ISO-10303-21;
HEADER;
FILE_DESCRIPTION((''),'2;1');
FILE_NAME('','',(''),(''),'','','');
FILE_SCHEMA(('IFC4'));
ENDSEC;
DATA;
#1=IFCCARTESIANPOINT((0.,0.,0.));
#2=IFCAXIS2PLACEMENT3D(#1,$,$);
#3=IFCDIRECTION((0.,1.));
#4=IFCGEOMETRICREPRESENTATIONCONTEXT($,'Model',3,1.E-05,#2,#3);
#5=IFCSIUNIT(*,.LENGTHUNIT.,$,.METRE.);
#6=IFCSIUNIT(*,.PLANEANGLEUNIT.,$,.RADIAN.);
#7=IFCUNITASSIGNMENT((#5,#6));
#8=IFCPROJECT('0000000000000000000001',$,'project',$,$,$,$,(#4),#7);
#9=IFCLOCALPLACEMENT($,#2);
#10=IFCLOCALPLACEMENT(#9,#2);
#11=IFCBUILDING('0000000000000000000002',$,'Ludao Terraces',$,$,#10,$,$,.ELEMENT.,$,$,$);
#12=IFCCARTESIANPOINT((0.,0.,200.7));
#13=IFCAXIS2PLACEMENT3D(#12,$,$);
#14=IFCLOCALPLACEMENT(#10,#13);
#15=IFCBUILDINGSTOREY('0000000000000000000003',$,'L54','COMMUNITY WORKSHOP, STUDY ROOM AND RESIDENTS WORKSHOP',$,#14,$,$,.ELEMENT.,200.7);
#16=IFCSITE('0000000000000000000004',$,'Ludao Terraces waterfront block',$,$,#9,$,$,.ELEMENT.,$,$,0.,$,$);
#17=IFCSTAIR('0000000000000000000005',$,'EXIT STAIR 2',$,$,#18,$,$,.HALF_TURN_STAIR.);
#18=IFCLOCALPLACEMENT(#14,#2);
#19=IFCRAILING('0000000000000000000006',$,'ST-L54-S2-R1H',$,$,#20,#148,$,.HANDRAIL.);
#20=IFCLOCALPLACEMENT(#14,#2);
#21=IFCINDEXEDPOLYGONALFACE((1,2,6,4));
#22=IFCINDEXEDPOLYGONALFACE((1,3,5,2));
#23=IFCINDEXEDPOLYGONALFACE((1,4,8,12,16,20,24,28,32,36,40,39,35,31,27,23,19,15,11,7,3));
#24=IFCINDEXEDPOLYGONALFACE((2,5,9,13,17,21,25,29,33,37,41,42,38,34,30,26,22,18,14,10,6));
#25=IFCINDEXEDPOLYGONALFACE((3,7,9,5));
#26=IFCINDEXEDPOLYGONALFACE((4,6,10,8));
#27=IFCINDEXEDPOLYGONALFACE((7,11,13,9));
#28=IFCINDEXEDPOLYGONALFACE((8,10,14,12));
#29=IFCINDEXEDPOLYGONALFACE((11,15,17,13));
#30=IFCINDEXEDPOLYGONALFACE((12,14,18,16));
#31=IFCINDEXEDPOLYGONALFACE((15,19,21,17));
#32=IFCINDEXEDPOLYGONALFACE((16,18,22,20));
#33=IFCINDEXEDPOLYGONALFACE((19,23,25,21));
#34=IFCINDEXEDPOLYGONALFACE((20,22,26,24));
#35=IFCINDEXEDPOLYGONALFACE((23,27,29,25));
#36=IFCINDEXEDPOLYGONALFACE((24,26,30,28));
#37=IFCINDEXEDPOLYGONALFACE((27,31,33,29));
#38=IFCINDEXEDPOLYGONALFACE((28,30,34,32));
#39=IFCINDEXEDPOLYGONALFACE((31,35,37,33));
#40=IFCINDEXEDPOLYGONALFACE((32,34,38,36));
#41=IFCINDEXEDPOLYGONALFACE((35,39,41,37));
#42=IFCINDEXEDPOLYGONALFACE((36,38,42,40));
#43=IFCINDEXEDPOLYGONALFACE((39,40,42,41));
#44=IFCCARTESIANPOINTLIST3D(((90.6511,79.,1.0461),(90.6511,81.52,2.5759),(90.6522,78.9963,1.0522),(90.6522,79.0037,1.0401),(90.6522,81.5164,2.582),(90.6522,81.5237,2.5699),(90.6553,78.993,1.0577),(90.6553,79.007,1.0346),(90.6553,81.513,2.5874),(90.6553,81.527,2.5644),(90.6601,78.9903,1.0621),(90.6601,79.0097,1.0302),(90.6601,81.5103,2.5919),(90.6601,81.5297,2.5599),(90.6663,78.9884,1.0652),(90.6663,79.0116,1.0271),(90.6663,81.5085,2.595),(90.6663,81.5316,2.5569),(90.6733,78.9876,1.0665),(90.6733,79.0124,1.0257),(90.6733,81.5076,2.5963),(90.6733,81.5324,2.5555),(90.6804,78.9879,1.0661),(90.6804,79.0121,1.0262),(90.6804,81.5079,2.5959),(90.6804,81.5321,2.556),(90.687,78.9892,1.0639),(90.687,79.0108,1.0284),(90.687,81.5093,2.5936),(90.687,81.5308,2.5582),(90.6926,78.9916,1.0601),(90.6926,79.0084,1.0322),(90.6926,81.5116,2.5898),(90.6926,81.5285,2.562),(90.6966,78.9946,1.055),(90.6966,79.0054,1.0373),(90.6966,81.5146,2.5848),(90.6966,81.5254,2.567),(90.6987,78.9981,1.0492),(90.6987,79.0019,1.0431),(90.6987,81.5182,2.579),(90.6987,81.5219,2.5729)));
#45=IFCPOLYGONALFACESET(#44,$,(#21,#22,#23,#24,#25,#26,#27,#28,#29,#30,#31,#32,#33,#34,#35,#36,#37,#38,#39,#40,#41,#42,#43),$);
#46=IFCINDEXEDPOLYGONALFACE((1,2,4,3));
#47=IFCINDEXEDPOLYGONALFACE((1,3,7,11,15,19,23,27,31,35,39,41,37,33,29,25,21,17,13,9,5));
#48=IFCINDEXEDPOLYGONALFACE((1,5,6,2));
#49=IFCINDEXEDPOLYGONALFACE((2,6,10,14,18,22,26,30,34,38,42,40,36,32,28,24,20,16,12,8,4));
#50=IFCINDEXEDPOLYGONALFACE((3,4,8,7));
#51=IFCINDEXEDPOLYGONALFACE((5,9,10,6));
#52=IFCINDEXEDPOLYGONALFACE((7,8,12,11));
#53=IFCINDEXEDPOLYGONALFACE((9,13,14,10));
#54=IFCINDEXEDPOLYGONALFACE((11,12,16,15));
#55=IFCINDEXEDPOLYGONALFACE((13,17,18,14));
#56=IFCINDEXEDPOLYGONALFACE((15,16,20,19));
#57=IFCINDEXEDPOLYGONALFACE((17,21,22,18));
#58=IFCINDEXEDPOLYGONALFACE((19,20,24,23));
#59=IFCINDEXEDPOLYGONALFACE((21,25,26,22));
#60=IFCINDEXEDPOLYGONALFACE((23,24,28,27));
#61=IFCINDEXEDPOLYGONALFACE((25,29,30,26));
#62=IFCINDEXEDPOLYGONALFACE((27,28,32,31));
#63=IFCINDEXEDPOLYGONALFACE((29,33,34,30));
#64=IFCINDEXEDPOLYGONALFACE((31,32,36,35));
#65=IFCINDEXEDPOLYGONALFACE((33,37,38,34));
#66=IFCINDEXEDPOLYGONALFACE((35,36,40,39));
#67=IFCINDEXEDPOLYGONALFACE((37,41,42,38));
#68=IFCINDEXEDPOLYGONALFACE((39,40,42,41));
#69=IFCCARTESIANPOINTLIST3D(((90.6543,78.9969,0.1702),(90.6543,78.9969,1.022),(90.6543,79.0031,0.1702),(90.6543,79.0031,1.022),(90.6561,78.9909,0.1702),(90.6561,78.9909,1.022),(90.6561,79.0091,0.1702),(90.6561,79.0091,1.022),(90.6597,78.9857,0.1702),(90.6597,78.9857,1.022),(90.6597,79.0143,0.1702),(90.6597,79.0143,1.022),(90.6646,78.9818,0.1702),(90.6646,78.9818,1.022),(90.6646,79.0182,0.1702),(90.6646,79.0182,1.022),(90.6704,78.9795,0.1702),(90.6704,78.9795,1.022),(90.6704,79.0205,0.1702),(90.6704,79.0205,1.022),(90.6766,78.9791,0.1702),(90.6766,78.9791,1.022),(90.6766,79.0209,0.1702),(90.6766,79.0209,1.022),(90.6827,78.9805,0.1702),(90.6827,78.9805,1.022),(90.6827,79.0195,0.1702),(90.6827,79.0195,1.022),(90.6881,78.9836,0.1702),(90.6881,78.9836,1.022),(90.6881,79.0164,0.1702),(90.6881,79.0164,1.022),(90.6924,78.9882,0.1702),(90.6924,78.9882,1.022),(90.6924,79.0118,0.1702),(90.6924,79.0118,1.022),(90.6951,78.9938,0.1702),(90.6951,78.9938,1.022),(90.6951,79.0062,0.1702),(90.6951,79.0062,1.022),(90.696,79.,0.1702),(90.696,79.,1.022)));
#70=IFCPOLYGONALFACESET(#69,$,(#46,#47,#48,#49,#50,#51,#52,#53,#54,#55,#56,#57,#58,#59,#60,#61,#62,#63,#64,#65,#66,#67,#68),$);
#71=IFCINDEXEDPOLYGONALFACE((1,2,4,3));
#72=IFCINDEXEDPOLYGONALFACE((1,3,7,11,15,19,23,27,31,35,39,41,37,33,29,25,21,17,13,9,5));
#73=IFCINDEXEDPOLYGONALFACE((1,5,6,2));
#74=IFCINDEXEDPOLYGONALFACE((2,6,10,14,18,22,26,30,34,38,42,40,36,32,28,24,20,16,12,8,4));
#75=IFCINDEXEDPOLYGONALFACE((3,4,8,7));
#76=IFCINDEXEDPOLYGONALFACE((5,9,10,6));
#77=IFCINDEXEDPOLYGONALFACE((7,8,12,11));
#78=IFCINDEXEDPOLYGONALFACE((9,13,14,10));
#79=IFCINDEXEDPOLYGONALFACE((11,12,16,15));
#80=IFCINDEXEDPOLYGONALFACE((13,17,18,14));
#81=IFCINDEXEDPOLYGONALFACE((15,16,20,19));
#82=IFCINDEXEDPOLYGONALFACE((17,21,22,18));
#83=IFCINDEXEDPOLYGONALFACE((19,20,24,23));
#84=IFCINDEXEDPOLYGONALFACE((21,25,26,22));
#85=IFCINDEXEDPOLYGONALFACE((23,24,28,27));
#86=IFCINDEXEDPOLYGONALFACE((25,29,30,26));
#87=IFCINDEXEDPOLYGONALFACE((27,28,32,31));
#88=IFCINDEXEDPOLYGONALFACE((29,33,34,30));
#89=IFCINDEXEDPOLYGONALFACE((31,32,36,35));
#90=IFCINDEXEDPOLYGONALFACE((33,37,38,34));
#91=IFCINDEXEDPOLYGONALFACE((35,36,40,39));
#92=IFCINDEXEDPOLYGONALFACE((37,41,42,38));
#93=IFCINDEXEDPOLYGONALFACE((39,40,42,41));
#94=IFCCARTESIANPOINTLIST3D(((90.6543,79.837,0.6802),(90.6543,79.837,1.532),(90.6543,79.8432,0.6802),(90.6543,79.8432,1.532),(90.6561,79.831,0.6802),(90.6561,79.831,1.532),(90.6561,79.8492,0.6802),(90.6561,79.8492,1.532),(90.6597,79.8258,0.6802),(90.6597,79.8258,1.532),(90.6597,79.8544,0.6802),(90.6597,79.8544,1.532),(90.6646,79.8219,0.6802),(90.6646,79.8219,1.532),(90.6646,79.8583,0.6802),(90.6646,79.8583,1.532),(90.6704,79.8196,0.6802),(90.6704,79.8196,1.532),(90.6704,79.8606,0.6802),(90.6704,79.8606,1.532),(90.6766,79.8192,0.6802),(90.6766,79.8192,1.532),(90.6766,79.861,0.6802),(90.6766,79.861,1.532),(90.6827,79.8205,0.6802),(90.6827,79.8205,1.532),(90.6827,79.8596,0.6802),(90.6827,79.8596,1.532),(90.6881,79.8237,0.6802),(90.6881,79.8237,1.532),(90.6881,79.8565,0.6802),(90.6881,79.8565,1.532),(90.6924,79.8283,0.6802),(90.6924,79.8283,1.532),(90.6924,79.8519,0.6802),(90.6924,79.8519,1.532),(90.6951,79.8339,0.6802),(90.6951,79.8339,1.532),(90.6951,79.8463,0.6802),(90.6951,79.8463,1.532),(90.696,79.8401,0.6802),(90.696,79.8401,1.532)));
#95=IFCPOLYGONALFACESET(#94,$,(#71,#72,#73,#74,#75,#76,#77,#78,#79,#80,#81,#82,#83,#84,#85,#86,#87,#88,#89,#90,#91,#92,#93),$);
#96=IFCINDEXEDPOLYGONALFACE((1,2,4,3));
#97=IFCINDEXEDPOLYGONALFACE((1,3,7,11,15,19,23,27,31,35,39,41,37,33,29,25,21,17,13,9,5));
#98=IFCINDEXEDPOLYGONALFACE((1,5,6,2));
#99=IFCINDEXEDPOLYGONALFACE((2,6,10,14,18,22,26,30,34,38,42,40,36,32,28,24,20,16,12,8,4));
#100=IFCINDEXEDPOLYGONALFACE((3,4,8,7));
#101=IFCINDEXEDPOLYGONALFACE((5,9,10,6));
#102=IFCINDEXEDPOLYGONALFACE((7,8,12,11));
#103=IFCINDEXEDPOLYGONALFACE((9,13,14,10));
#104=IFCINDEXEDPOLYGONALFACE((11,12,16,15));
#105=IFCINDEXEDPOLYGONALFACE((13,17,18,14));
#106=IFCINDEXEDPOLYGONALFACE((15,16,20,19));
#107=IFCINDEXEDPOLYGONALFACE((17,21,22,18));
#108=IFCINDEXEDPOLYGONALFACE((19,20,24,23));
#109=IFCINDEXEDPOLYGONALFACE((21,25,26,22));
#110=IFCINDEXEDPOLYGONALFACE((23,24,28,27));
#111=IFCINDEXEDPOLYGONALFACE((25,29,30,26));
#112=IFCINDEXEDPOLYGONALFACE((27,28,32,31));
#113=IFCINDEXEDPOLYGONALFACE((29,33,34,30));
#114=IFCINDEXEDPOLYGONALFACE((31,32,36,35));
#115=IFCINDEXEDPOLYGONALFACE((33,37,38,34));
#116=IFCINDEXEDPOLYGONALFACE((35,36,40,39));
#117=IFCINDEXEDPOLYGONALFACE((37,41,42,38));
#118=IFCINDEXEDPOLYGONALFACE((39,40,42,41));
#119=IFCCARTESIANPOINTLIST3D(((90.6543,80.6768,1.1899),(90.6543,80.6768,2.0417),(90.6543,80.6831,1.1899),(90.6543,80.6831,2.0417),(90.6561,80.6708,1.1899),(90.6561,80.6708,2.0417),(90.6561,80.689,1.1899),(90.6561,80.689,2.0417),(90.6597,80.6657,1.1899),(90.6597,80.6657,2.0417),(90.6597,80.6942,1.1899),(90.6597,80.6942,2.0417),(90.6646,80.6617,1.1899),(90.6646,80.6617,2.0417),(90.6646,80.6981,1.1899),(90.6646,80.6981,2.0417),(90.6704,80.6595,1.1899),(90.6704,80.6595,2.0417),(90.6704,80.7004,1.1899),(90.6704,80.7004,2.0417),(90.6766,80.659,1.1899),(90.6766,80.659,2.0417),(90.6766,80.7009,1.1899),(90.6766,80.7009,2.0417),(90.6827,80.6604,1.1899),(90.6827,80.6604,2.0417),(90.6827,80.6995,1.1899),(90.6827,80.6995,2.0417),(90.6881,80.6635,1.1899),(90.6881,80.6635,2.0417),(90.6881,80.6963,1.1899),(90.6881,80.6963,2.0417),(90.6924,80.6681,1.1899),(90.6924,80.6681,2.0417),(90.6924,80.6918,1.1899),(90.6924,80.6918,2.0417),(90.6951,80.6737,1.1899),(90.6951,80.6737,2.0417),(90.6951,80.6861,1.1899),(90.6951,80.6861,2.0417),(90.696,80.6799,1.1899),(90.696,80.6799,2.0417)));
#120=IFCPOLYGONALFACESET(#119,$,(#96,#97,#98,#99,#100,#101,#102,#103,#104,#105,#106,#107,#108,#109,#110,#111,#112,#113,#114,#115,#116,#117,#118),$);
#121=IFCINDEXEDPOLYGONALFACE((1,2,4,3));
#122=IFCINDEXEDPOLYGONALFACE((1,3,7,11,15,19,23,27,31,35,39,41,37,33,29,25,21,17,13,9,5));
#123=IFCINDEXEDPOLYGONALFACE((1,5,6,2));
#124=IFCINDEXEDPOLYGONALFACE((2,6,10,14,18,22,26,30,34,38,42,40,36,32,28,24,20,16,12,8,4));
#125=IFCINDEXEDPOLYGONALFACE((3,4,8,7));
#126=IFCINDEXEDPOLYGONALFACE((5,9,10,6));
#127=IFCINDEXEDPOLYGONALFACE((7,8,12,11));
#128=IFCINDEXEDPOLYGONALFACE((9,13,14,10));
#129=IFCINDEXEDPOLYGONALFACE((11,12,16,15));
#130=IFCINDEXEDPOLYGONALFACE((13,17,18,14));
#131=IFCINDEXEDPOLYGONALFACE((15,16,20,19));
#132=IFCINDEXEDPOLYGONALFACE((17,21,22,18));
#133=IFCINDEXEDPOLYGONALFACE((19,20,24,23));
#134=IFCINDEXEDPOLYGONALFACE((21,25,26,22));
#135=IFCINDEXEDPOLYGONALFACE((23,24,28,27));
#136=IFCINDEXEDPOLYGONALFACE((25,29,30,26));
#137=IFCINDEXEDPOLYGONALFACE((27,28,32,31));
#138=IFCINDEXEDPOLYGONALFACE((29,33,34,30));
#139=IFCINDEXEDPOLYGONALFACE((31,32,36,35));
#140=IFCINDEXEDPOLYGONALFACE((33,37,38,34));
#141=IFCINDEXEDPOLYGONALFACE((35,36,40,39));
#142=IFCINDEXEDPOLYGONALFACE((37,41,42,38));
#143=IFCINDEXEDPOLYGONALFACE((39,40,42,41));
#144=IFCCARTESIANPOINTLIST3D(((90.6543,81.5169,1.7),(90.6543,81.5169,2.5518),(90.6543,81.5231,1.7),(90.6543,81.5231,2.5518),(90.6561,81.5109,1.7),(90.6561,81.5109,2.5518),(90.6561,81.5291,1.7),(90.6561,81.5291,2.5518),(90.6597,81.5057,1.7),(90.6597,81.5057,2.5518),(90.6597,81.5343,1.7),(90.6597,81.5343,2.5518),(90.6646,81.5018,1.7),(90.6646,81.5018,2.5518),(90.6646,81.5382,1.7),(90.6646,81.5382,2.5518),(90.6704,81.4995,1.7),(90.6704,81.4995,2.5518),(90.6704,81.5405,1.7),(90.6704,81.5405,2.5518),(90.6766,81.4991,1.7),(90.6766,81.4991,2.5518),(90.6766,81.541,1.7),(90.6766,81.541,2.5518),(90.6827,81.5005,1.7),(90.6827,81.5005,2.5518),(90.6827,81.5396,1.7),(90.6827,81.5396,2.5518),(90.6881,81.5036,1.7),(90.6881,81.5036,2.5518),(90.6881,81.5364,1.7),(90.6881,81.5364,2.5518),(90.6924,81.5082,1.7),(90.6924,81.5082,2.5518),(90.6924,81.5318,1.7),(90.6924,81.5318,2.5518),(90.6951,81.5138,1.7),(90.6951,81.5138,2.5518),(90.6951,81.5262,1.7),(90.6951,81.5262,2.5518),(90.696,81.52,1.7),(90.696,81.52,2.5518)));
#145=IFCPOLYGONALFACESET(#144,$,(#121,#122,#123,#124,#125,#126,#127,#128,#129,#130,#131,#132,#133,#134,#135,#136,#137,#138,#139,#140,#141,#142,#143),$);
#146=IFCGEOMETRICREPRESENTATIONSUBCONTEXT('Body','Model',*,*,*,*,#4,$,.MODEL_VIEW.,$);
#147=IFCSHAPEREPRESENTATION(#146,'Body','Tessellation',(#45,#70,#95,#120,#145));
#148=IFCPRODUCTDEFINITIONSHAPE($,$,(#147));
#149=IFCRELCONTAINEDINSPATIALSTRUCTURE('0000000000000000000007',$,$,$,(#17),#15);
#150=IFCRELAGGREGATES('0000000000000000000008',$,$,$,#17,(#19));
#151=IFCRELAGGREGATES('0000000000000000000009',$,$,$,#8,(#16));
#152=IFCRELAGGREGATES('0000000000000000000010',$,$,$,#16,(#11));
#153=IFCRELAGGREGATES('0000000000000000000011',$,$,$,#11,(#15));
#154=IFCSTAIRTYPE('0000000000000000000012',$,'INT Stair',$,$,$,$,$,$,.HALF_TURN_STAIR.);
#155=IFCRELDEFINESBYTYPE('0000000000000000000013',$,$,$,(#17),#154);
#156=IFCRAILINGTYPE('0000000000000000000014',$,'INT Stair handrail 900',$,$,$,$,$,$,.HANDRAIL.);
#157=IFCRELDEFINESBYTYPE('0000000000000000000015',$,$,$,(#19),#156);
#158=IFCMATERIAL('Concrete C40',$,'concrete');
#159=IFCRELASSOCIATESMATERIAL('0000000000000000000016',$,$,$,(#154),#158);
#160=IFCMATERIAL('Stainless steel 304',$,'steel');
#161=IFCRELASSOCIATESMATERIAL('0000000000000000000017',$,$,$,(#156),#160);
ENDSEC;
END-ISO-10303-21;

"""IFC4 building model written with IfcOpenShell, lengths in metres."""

from ifc_helpers import new_model, si_unit, direction, frame, origin, origin_2d, place, context, subcontext, project, spatial, circle, extrude, material, type_object, element, aggregate, save


model = new_model("IFC4")

# Units and contexts
model_context = context("Model", 3, precision=1e-05, world=origin(), true_north=direction((0.0, 1.0)))
body_context = subcontext(model_context, "Body", "Model", "MODEL_VIEW")
ifc_project = project(units=[si_unit("LENGTHUNIT", "METRE"), si_unit("PLANEANGLEUNIT", "RADIAN")], contexts=[model_context])

# Site, building, storey
site_placement = place(None, origin())
site = spatial("IfcSite", under=ifc_project, at=site_placement, Name="Ludao Terraces waterfront block", CompositionType="ELEMENT", RefElevation=0.0)
building_placement = place(site_placement, origin())
building = spatial("IfcBuilding", under=site, at=building_placement, Name="Ludao Terraces", CompositionType="ELEMENT")
storey_placement = place(building_placement, frame((0.0, 0.0, 200.7)))
storey = spatial("IfcBuildingStorey", under=building, at=storey_placement, Name="L54", Description="COMMUNITY WORKSHOP, STUDY ROOM AND RESIDENTS WORKSHOP", CompositionType="ELEMENT", Elevation=200.7)

# Shared definitions
ifc_material_1 = material(Name="Stainless steel 304", Category="steel")

# Stair, railing
ifc_material_2 = material(Name="Concrete C40", Category="concrete")
stair_type = type_object("IfcStairType", Name="INT Stair", PredefinedType="HALF_TURN_STAIR", material=ifc_material_2)
stair_placement = place(storey_placement, origin())
stair = element("IfcStair", 1, at=stair_placement, inside=storey, type_object=stair_type, Name="EXIT STAIR 2", PredefinedType="HALF_TURN_STAIR")
railing_type_1 = type_object("IfcRailingType", Name="INT Stair handrail 900", PredefinedType="HANDRAIL", material=ifc_material_1)
railing_1_placement = place(storey_placement, frame((90.675, 79.0, 0.1702)))
railing_1 = element("IfcRailing", 2, at=railing_1_placement, type_object=railing_type_1, Name="ST-L54-S2-R1H", PredefinedType="HANDRAIL", context=body_context, shape_type="SweptSolid", body=[
    extrude(circle(Radius=0.0239, at=origin_2d()), frame((0.0, 0.0, 0.876), z_axis=(0.0, 0.854822, 0.518922), x_axis=(-1.0, 0.0, 0.0)), (0.0, 0.0, 1.0), 2.948),
    extrude(circle(Radius=0.021, at=origin_2d()), origin(), (0.0, 0.0, 1.0), 0.8518),
    extrude(circle(Radius=0.021, at=origin_2d()), frame((0.0, 0.8401, 0.51)), (0.0, 0.0, 1.0), 0.8518),
    extrude(circle(Radius=0.021, at=origin_2d()), frame((0.0, 1.6799, 1.0198)), (0.0, 0.0, 1.0), 0.8518),
    extrude(circle(Radius=0.021, at=origin_2d()), frame((0.0, 2.52, 1.5298)), (0.0, 0.0, 1.0), 0.8518),
])
aggregate(stair, [railing_1])

save(model, "model.ifc")
